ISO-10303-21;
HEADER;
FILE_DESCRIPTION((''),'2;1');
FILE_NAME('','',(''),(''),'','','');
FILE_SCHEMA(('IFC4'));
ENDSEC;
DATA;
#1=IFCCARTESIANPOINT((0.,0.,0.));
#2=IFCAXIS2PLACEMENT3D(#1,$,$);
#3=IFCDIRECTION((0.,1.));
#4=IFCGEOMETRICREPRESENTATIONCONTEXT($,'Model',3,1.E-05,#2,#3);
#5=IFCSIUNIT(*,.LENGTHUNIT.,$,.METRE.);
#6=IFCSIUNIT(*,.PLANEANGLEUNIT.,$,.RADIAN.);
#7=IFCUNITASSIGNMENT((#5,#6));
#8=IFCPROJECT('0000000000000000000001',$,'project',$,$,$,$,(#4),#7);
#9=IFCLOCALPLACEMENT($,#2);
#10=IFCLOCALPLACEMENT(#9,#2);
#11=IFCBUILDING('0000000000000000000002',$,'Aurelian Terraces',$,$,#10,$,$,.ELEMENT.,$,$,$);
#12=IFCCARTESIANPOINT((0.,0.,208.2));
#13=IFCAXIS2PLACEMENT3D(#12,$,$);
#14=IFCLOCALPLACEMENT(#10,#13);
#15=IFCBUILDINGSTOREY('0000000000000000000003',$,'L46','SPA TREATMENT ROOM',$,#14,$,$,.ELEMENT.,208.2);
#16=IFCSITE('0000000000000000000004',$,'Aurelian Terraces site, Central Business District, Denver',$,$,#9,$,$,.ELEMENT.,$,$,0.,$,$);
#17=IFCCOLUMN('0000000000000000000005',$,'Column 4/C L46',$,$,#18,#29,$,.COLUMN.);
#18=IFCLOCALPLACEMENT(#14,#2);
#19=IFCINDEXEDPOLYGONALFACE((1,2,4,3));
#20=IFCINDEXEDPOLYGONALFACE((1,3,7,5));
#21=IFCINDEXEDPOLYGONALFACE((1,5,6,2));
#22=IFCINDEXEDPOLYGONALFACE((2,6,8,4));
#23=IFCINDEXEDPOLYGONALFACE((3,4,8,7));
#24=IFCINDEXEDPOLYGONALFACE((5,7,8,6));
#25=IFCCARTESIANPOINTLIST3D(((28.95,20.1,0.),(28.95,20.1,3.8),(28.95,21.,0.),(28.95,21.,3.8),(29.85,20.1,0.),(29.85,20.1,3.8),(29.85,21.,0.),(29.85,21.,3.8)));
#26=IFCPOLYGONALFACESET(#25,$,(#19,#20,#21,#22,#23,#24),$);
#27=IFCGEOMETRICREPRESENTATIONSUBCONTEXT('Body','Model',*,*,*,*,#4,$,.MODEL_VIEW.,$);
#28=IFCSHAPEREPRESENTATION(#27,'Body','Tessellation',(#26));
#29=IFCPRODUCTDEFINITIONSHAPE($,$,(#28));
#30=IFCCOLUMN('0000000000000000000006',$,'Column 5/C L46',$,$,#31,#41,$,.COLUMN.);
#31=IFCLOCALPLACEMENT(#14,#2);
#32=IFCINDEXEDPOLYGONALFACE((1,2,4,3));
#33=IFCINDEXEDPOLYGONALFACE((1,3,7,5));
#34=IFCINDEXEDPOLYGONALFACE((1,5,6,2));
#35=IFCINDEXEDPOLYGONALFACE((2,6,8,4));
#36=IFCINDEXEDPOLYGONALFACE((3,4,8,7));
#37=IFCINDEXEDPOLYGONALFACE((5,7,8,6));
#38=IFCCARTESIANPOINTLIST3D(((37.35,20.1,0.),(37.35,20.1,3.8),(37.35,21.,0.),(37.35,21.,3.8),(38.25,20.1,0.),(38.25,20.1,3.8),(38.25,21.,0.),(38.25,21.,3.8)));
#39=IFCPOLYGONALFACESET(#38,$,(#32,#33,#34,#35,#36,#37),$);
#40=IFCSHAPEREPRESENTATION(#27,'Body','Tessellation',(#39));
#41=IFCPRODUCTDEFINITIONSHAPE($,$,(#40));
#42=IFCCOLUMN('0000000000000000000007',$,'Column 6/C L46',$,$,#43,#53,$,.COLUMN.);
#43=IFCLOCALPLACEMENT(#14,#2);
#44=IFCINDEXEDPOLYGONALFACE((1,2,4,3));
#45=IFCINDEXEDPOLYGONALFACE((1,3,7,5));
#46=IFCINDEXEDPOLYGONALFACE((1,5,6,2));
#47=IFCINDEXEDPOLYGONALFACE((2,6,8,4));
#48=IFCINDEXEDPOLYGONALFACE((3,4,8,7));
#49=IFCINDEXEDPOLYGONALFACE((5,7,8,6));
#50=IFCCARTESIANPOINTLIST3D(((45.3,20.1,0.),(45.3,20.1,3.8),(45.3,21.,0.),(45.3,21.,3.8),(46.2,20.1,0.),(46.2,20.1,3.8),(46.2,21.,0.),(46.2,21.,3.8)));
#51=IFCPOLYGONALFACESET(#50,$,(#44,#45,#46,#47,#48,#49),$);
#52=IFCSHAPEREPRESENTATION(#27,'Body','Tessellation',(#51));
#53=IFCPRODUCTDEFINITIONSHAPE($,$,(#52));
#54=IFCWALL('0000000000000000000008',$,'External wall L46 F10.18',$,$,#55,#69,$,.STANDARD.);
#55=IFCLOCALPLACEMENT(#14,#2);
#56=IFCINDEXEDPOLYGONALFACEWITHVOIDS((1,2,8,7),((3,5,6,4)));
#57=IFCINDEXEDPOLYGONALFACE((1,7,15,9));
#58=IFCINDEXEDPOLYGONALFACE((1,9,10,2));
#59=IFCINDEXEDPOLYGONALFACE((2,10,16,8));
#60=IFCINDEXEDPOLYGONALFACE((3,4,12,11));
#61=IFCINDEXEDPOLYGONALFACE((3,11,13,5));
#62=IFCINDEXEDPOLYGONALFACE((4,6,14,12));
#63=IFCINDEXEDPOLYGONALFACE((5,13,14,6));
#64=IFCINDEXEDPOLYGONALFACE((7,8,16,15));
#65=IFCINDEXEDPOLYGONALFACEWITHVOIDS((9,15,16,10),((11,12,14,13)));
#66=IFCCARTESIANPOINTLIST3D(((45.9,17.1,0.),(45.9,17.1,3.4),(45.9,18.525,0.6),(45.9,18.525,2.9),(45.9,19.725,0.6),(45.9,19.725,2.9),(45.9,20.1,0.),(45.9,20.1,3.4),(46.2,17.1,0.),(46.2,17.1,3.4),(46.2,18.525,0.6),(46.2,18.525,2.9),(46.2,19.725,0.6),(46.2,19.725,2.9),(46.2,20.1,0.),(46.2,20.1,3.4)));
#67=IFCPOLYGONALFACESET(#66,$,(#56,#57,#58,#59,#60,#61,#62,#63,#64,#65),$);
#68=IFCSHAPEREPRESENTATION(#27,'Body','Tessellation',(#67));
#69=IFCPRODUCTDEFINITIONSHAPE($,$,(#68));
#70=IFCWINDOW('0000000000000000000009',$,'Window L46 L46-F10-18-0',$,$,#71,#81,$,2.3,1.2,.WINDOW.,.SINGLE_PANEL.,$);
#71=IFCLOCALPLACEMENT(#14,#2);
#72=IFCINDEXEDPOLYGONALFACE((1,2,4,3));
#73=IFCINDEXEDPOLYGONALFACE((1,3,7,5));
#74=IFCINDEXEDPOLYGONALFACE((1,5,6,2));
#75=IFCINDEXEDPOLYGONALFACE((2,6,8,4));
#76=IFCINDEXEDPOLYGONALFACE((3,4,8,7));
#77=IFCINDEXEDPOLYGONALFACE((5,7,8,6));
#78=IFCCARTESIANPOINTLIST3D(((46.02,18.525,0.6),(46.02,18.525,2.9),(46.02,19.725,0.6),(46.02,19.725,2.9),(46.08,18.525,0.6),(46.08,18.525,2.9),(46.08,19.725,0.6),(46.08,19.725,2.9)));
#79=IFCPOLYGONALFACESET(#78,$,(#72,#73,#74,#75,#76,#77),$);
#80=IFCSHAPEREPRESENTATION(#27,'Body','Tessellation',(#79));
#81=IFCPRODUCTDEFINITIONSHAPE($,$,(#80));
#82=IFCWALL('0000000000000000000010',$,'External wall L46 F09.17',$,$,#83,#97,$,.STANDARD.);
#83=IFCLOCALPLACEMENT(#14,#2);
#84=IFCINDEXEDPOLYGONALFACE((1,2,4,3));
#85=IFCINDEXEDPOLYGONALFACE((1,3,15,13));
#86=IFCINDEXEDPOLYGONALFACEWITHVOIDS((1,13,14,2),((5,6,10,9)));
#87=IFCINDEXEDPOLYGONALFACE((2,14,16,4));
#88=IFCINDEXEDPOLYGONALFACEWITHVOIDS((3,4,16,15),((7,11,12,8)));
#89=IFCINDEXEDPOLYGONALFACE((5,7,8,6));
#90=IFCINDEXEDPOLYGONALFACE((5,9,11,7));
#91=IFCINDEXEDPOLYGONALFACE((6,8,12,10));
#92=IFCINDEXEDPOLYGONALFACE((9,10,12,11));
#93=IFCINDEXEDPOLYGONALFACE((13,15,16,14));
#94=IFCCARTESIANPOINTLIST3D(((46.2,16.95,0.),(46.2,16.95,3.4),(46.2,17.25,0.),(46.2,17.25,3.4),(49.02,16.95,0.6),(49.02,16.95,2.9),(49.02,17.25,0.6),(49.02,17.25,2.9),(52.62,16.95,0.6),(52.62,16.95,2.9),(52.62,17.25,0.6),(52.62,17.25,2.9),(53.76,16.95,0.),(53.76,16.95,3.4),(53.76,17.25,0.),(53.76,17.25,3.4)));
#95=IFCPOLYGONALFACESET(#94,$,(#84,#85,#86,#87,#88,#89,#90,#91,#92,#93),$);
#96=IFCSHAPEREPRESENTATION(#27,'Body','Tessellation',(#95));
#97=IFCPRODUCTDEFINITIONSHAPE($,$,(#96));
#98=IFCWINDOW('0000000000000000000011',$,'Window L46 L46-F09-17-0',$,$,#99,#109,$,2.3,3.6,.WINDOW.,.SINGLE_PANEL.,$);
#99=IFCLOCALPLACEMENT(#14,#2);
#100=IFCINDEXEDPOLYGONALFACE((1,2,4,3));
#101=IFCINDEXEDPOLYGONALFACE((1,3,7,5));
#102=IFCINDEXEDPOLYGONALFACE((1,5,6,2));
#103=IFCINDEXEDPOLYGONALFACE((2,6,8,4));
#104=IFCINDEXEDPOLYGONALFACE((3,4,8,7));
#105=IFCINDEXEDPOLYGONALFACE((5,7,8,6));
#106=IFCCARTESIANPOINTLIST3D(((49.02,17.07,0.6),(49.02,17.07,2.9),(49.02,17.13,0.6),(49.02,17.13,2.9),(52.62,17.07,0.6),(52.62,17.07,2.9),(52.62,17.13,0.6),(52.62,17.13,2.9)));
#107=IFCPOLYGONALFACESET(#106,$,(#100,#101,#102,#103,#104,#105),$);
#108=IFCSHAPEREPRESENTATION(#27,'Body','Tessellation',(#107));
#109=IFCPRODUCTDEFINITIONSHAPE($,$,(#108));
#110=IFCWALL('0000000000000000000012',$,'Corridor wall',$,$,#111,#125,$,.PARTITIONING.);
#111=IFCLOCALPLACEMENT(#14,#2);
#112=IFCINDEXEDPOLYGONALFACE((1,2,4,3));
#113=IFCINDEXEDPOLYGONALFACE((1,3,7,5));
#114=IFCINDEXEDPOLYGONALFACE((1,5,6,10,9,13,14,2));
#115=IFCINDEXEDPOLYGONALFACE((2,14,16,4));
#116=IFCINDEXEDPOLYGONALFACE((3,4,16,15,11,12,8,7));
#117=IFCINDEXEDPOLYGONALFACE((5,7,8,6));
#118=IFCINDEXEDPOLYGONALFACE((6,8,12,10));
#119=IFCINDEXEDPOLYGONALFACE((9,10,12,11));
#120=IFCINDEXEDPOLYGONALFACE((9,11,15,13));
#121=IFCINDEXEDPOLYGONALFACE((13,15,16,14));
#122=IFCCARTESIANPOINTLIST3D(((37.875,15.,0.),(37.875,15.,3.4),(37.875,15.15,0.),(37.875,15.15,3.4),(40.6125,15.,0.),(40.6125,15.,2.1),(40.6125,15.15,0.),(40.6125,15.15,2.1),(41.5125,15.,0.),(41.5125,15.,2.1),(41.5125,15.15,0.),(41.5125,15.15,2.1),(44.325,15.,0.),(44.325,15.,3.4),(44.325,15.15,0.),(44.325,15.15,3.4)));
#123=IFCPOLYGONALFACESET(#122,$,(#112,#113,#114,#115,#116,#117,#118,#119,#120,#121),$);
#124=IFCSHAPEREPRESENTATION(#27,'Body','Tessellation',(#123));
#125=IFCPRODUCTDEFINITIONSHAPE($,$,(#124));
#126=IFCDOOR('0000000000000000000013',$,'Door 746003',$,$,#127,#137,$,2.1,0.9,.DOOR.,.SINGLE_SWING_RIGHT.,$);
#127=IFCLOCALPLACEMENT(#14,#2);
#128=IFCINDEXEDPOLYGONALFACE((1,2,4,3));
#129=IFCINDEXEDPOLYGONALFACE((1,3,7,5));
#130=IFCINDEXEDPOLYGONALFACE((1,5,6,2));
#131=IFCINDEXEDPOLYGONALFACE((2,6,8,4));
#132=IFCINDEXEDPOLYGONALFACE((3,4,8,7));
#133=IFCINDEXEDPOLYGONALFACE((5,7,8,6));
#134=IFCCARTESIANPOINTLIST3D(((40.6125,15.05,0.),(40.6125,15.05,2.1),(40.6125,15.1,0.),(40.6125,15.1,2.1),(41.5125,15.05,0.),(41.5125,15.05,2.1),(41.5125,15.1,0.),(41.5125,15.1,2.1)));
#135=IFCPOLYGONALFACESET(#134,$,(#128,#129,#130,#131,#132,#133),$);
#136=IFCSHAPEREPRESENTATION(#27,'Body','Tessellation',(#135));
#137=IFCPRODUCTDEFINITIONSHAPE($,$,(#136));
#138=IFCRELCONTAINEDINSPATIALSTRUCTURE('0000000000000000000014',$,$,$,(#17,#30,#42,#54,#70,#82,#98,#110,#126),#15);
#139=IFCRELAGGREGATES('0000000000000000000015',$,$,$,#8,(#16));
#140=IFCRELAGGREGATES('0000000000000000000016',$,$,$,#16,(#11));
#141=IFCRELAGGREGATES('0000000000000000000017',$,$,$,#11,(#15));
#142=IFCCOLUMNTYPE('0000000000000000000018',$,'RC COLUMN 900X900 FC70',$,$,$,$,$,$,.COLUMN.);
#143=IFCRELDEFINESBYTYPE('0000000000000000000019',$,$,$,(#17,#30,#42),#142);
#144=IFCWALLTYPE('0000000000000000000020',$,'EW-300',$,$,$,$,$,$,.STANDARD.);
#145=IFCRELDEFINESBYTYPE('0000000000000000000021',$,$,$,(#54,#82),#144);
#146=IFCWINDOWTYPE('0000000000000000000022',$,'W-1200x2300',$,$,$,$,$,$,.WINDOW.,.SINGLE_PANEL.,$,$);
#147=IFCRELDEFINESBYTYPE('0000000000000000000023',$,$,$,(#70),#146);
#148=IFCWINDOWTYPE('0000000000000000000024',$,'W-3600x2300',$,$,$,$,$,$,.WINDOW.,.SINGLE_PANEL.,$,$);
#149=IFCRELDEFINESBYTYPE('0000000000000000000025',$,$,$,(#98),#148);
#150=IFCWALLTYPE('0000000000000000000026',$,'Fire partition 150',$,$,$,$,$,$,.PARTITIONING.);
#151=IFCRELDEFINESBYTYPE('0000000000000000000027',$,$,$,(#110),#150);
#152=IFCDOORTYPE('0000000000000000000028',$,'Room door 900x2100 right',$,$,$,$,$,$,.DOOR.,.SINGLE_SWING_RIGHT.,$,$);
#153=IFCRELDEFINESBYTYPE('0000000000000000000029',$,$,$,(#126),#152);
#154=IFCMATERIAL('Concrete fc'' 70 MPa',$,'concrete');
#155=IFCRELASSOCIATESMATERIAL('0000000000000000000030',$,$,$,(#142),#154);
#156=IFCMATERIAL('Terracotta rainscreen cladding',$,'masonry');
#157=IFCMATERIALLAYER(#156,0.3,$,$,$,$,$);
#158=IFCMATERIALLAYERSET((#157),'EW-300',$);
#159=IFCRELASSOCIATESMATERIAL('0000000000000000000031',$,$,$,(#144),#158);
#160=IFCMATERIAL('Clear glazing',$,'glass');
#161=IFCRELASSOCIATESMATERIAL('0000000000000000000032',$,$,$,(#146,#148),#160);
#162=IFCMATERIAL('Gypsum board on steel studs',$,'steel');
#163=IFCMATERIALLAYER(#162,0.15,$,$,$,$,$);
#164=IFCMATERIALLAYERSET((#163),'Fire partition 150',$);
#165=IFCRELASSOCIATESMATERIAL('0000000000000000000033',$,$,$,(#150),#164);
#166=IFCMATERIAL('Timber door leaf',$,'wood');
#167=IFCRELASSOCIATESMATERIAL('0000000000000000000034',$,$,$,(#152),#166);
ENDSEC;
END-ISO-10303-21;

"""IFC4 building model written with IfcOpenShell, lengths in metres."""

from ifc_helpers import new_model, si_unit, direction, frame, frame_2d, origin, origin_2d, place, context, subcontext, project, spatial, rectangle, extrude, source, transform, mapped, material, layer, layer_set, material_profile, profile_set, type_object, element, fill, save


model = new_model("IFC4")

# Units and contexts
model_context = context("Model", 3, precision=1e-05, world=origin(), true_north=direction((0.0, 1.0)))
body_context = subcontext(model_context, "Body", "Model", "MODEL_VIEW")
ifc_project = project(units=[si_unit("LENGTHUNIT", "METRE"), si_unit("PLANEANGLEUNIT", "RADIAN")], contexts=[model_context])

# Site, building, storey
site_placement = place(None, origin())
site = spatial("IfcSite", under=ifc_project, at=site_placement, Name="Aurelian Terraces site, Central Business District, Denver", CompositionType="ELEMENT", RefElevation=0.0)
building_placement = place(site_placement, origin())
building = spatial("IfcBuilding", under=site, at=building_placement, Name="Aurelian Terraces", CompositionType="ELEMENT")
storey_placement = place(building_placement, frame((0.0, 0.0, 208.2)))
storey = spatial("IfcBuildingStorey", under=building, at=storey_placement, Name="L46", Description="SPA TREATMENT ROOM", CompositionType="ELEMENT", Elevation=208.2)

# Columns
ifc_material_1 = material(Name="Concrete fc' 70 MPa", Category="concrete")
ifc_material_profile = material_profile(ifc_material_1, rectangle(XDim=0.9, YDim=0.9, at=origin_2d()))
ifc_profile_set = profile_set([ifc_material_profile], Name="Concrete fc' 70 MPa")
column_type = type_object("IfcColumnType", Name="RC COLUMN 900X900 FC70", PredefinedType="COLUMN", material=ifc_profile_set)
shared_shape_1 = source(origin(), body_context, "Body", "SweptSolid", [
    extrude(rectangle(XDim=0.9, YDim=0.9, at=origin_2d()), origin(), (0.0, 0.0, 1.0), 3.8),
])
for number, where, z_axis, x_axis, name in (
    (1, (29.4, 20.55, 0.0), (0.0, 0.0, 1.0), (1.0, 0.0, 0.0), "Column 4/C L46"),
    (2, (37.8, 20.55, 0.0), (0.0, 0.0, 1.0), (1.0, 0.0, 0.0), "Column 5/C L46"),
    (3, (45.75, 20.55, 0.0), (0.0, 0.0, 1.0), (1.0, 0.0, 0.0), "Column 6/C L46"),
):
    element("IfcColumn", number, at=place(storey_placement, frame(where, z_axis=z_axis, x_axis=x_axis)), inside=storey, type_object=column_type, Name=name, PredefinedType="COLUMN", context=body_context, shape_type="MappedRepresentation", body=[
        mapped(shared_shape_1, transform((0.0, 0.0, 0.0), scale=1.0)),
    ])

# Walls, openings, windows
ifc_material_2 = material(Name="Terracotta rainscreen cladding", Category="masonry")
ifc_layer_1 = layer(ifc_material_2, 0.3)
ifc_layer_set_1 = layer_set([ifc_layer_1], Name="EW-300")
wall_type_1 = type_object("IfcWallType", Name="EW-300", PredefinedType="STANDARD", material=ifc_layer_set_1)
shared_shape_2 = source(origin(), body_context, "Body", "SweptSolid", [
    extrude(rectangle(XDim=3.0, YDim=0.3, at=frame_2d((1.5, 0.0))), origin(), (0.0, 0.0, 1.0), 3.4),
])
wall_1_placement = place(storey_placement, frame((46.05, 17.1, 0.0), z_axis=(0.0, 0.0, 1.0), x_axis=(0.0, 1.0, 0.0)))
wall_1 = element("IfcWall", 4, at=wall_1_placement, inside=storey, type_object=wall_type_1, Name="External wall L46 F10.18", PredefinedType="STANDARD", context=body_context, shape_type="MappedRepresentation", body=[
    mapped(shared_shape_2, transform((0.0, 0.0, 0.0), scale=1.0)),
])
shared_shape_3 = source(origin(), body_context, "Body", "SweptSolid", [
    extrude(rectangle(XDim=1.2, YDim=2.3, at=frame_2d((0.6, 1.15))), frame((0.0, 0.16, 0.0), z_axis=(0.0, -1.0, 0.0), x_axis=(1.0, 0.0, 0.0)), (0.0, 0.0, 1.0), 0.32),
])
opening_1_placement = place(wall_1_placement, frame((1.425, 0.0, 0.6)))
opening_1 = element("IfcOpeningElement", 5, at=opening_1_placement, cuts=wall_1, PredefinedType="OPENING", context=body_context, shape_type="MappedRepresentation", body=[
    mapped(shared_shape_3, transform((0.0, 0.0, 0.0), scale=1.0)),
])
ifc_material_3 = material(Name="Clear glazing", Category="glass")
window_type_1 = type_object("IfcWindowType", Name="W-1200x2300", PartitioningType="SINGLE_PANEL", PredefinedType="WINDOW", material=ifc_material_3)
shared_shape_4 = source(origin(), body_context, "Body", "SweptSolid", [
    extrude(rectangle(XDim=1.2, YDim=2.3, at=frame_2d((0.6, 1.15))), frame((0.0, 0.03, 0.0), z_axis=(0.0, -1.0, 0.0), x_axis=(1.0, 0.0, 0.0)), (0.0, 0.0, 1.0), 0.06),
])
window_1_placement = place(opening_1_placement, origin())
window_1 = element("IfcWindow", 6, at=window_1_placement, inside=storey, type_object=window_type_1, Name="Window L46 L46-F10-18-0", OverallHeight=2.3, OverallWidth=1.2, PartitioningType="SINGLE_PANEL", PredefinedType="WINDOW", context=body_context, shape_type="MappedRepresentation", body=[
    mapped(shared_shape_4, transform((0.0, 0.0, 0.0), scale=1.0)),
])
fill(opening_1, window_1)
shared_shape_5 = source(origin(), body_context, "Body", "SweptSolid", [
    extrude(rectangle(XDim=7.56, YDim=0.3, at=frame_2d((3.78, 0.0))), origin(), (0.0, 0.0, 1.0), 3.4),
])
wall_2_placement = place(storey_placement, frame((53.76, 17.1, 0.0), z_axis=(0.0, 0.0, 1.0), x_axis=(-1.0, 0.0, 0.0)))
wall_2 = element("IfcWall", 7, at=wall_2_placement, inside=storey, type_object=wall_type_1, Name="External wall L46 F09.17", PredefinedType="STANDARD", context=body_context, shape_type="MappedRepresentation", body=[
    mapped(shared_shape_5, transform((0.0, 0.0, 0.0), scale=1.0)),
])
shared_shape_6 = source(origin(), body_context, "Body", "SweptSolid", [
    extrude(rectangle(XDim=3.6, YDim=2.3, at=frame_2d((1.8, 1.15))), frame((0.0, 0.16, 0.0), z_axis=(0.0, -1.0, 0.0), x_axis=(1.0, 0.0, 0.0)), (0.0, 0.0, 1.0), 0.32),
])
opening_2_placement = place(wall_2_placement, frame((1.14, 0.0, 0.6)))
opening_2 = element("IfcOpeningElement", 8, at=opening_2_placement, cuts=wall_2, PredefinedType="OPENING", context=body_context, shape_type="MappedRepresentation", body=[
    mapped(shared_shape_6, transform((0.0, 0.0, 0.0), scale=1.0)),
])
window_type_2 = type_object("IfcWindowType", Name="W-3600x2300", PartitioningType="SINGLE_PANEL", PredefinedType="WINDOW", material=ifc_material_3)
shared_shape_7 = source(origin(), body_context, "Body", "SweptSolid", [
    extrude(rectangle(XDim=3.6, YDim=2.3, at=frame_2d((1.8, 1.15))), frame((0.0, 0.03, 0.0), z_axis=(0.0, -1.0, 0.0), x_axis=(1.0, 0.0, 0.0)), (0.0, 0.0, 1.0), 0.06),
])
window_2_placement = place(opening_2_placement, origin())
window_2 = element("IfcWindow", 9, at=window_2_placement, inside=storey, type_object=window_type_2, Name="Window L46 L46-F09-17-0", OverallHeight=2.3, OverallWidth=3.6, PartitioningType="SINGLE_PANEL", PredefinedType="WINDOW", context=body_context, shape_type="MappedRepresentation", body=[
    mapped(shared_shape_7, transform((0.0, 0.0, 0.0), scale=1.0)),
])
fill(opening_2, window_2)

# Wall, opening, door
ifc_material_4 = material(Name="Gypsum board on steel studs", Category="steel")
ifc_layer_2 = layer(ifc_material_4, 0.15)
ifc_layer_set_2 = layer_set([ifc_layer_2], Name="Fire partition 150")
wall_type_2 = type_object("IfcWallType", Name="Fire partition 150", PredefinedType="PARTITIONING", material=ifc_layer_set_2)
shared_shape_8 = source(origin(), body_context, "Body", "SweptSolid", [
    extrude(rectangle(XDim=6.45, YDim=0.15, at=frame_2d((3.225, 0.0))), origin(), (0.0, 0.0, 1.0), 3.4),
])
wall_3_placement = place(storey_placement, frame((44.325, 15.075, 0.0), z_axis=(0.0, 0.0, 1.0), x_axis=(-1.0, 0.0, 0.0)))
wall_3 = element("IfcWall", 10, at=wall_3_placement, inside=storey, type_object=wall_type_2, Name="Corridor wall", PredefinedType="PARTITIONING", context=body_context, shape_type="MappedRepresentation", body=[
    mapped(shared_shape_8, transform((0.0, 0.0, 0.0), scale=1.0)),
])
shared_shape_9 = source(origin(), body_context, "Body", "SweptSolid", [
    extrude(rectangle(XDim=0.9, YDim=2.1, at=frame_2d((0.45, 1.05))), frame((0.0, 0.085, 0.0), z_axis=(0.0, -1.0, 0.0), x_axis=(1.0, 0.0, 0.0)), (0.0, 0.0, 1.0), 0.17),
])
opening_3_placement = place(wall_3_placement, frame((2.8125, 0.0, 0.0)))
opening_3 = element("IfcOpeningElement", 11, at=opening_3_placement, cuts=wall_3, PredefinedType="OPENING", context=body_context, shape_type="MappedRepresentation", body=[
    mapped(shared_shape_9, transform((0.0, 0.0, 0.0), scale=1.0)),
])
ifc_material_5 = material(Name="Timber door leaf", Category="wood")
door_type_1 = type_object("IfcDoorType", Name="Room door 900x2100 right", OperationType="SINGLE_SWING_RIGHT", PredefinedType="DOOR", material=ifc_material_5)
shared_shape_10 = source(origin(), body_context, "Body", "SweptSolid", [
    extrude(rectangle(XDim=0.9, YDim=2.1, at=frame_2d((0.45, 1.05))), frame((0.0, 0.025, 0.0), z_axis=(0.0, -1.0, 0.0), x_axis=(1.0, 0.0, 0.0)), (0.0, 0.0, 1.0), 0.05),
])
door_1_placement = place(opening_3_placement, origin())
door_1 = element("IfcDoor", 12, at=door_1_placement, inside=storey, type_object=door_type_1, Name="Door 746003", OperationType="SINGLE_SWING_RIGHT", OverallHeight=2.1, OverallWidth=0.9, PredefinedType="DOOR", context=body_context, shape_type="MappedRepresentation", body=[
    mapped(shared_shape_10, transform((0.0, 0.0, 0.0), scale=1.0)),
])
fill(opening_3, door_1)

save(model, "model.ifc")
